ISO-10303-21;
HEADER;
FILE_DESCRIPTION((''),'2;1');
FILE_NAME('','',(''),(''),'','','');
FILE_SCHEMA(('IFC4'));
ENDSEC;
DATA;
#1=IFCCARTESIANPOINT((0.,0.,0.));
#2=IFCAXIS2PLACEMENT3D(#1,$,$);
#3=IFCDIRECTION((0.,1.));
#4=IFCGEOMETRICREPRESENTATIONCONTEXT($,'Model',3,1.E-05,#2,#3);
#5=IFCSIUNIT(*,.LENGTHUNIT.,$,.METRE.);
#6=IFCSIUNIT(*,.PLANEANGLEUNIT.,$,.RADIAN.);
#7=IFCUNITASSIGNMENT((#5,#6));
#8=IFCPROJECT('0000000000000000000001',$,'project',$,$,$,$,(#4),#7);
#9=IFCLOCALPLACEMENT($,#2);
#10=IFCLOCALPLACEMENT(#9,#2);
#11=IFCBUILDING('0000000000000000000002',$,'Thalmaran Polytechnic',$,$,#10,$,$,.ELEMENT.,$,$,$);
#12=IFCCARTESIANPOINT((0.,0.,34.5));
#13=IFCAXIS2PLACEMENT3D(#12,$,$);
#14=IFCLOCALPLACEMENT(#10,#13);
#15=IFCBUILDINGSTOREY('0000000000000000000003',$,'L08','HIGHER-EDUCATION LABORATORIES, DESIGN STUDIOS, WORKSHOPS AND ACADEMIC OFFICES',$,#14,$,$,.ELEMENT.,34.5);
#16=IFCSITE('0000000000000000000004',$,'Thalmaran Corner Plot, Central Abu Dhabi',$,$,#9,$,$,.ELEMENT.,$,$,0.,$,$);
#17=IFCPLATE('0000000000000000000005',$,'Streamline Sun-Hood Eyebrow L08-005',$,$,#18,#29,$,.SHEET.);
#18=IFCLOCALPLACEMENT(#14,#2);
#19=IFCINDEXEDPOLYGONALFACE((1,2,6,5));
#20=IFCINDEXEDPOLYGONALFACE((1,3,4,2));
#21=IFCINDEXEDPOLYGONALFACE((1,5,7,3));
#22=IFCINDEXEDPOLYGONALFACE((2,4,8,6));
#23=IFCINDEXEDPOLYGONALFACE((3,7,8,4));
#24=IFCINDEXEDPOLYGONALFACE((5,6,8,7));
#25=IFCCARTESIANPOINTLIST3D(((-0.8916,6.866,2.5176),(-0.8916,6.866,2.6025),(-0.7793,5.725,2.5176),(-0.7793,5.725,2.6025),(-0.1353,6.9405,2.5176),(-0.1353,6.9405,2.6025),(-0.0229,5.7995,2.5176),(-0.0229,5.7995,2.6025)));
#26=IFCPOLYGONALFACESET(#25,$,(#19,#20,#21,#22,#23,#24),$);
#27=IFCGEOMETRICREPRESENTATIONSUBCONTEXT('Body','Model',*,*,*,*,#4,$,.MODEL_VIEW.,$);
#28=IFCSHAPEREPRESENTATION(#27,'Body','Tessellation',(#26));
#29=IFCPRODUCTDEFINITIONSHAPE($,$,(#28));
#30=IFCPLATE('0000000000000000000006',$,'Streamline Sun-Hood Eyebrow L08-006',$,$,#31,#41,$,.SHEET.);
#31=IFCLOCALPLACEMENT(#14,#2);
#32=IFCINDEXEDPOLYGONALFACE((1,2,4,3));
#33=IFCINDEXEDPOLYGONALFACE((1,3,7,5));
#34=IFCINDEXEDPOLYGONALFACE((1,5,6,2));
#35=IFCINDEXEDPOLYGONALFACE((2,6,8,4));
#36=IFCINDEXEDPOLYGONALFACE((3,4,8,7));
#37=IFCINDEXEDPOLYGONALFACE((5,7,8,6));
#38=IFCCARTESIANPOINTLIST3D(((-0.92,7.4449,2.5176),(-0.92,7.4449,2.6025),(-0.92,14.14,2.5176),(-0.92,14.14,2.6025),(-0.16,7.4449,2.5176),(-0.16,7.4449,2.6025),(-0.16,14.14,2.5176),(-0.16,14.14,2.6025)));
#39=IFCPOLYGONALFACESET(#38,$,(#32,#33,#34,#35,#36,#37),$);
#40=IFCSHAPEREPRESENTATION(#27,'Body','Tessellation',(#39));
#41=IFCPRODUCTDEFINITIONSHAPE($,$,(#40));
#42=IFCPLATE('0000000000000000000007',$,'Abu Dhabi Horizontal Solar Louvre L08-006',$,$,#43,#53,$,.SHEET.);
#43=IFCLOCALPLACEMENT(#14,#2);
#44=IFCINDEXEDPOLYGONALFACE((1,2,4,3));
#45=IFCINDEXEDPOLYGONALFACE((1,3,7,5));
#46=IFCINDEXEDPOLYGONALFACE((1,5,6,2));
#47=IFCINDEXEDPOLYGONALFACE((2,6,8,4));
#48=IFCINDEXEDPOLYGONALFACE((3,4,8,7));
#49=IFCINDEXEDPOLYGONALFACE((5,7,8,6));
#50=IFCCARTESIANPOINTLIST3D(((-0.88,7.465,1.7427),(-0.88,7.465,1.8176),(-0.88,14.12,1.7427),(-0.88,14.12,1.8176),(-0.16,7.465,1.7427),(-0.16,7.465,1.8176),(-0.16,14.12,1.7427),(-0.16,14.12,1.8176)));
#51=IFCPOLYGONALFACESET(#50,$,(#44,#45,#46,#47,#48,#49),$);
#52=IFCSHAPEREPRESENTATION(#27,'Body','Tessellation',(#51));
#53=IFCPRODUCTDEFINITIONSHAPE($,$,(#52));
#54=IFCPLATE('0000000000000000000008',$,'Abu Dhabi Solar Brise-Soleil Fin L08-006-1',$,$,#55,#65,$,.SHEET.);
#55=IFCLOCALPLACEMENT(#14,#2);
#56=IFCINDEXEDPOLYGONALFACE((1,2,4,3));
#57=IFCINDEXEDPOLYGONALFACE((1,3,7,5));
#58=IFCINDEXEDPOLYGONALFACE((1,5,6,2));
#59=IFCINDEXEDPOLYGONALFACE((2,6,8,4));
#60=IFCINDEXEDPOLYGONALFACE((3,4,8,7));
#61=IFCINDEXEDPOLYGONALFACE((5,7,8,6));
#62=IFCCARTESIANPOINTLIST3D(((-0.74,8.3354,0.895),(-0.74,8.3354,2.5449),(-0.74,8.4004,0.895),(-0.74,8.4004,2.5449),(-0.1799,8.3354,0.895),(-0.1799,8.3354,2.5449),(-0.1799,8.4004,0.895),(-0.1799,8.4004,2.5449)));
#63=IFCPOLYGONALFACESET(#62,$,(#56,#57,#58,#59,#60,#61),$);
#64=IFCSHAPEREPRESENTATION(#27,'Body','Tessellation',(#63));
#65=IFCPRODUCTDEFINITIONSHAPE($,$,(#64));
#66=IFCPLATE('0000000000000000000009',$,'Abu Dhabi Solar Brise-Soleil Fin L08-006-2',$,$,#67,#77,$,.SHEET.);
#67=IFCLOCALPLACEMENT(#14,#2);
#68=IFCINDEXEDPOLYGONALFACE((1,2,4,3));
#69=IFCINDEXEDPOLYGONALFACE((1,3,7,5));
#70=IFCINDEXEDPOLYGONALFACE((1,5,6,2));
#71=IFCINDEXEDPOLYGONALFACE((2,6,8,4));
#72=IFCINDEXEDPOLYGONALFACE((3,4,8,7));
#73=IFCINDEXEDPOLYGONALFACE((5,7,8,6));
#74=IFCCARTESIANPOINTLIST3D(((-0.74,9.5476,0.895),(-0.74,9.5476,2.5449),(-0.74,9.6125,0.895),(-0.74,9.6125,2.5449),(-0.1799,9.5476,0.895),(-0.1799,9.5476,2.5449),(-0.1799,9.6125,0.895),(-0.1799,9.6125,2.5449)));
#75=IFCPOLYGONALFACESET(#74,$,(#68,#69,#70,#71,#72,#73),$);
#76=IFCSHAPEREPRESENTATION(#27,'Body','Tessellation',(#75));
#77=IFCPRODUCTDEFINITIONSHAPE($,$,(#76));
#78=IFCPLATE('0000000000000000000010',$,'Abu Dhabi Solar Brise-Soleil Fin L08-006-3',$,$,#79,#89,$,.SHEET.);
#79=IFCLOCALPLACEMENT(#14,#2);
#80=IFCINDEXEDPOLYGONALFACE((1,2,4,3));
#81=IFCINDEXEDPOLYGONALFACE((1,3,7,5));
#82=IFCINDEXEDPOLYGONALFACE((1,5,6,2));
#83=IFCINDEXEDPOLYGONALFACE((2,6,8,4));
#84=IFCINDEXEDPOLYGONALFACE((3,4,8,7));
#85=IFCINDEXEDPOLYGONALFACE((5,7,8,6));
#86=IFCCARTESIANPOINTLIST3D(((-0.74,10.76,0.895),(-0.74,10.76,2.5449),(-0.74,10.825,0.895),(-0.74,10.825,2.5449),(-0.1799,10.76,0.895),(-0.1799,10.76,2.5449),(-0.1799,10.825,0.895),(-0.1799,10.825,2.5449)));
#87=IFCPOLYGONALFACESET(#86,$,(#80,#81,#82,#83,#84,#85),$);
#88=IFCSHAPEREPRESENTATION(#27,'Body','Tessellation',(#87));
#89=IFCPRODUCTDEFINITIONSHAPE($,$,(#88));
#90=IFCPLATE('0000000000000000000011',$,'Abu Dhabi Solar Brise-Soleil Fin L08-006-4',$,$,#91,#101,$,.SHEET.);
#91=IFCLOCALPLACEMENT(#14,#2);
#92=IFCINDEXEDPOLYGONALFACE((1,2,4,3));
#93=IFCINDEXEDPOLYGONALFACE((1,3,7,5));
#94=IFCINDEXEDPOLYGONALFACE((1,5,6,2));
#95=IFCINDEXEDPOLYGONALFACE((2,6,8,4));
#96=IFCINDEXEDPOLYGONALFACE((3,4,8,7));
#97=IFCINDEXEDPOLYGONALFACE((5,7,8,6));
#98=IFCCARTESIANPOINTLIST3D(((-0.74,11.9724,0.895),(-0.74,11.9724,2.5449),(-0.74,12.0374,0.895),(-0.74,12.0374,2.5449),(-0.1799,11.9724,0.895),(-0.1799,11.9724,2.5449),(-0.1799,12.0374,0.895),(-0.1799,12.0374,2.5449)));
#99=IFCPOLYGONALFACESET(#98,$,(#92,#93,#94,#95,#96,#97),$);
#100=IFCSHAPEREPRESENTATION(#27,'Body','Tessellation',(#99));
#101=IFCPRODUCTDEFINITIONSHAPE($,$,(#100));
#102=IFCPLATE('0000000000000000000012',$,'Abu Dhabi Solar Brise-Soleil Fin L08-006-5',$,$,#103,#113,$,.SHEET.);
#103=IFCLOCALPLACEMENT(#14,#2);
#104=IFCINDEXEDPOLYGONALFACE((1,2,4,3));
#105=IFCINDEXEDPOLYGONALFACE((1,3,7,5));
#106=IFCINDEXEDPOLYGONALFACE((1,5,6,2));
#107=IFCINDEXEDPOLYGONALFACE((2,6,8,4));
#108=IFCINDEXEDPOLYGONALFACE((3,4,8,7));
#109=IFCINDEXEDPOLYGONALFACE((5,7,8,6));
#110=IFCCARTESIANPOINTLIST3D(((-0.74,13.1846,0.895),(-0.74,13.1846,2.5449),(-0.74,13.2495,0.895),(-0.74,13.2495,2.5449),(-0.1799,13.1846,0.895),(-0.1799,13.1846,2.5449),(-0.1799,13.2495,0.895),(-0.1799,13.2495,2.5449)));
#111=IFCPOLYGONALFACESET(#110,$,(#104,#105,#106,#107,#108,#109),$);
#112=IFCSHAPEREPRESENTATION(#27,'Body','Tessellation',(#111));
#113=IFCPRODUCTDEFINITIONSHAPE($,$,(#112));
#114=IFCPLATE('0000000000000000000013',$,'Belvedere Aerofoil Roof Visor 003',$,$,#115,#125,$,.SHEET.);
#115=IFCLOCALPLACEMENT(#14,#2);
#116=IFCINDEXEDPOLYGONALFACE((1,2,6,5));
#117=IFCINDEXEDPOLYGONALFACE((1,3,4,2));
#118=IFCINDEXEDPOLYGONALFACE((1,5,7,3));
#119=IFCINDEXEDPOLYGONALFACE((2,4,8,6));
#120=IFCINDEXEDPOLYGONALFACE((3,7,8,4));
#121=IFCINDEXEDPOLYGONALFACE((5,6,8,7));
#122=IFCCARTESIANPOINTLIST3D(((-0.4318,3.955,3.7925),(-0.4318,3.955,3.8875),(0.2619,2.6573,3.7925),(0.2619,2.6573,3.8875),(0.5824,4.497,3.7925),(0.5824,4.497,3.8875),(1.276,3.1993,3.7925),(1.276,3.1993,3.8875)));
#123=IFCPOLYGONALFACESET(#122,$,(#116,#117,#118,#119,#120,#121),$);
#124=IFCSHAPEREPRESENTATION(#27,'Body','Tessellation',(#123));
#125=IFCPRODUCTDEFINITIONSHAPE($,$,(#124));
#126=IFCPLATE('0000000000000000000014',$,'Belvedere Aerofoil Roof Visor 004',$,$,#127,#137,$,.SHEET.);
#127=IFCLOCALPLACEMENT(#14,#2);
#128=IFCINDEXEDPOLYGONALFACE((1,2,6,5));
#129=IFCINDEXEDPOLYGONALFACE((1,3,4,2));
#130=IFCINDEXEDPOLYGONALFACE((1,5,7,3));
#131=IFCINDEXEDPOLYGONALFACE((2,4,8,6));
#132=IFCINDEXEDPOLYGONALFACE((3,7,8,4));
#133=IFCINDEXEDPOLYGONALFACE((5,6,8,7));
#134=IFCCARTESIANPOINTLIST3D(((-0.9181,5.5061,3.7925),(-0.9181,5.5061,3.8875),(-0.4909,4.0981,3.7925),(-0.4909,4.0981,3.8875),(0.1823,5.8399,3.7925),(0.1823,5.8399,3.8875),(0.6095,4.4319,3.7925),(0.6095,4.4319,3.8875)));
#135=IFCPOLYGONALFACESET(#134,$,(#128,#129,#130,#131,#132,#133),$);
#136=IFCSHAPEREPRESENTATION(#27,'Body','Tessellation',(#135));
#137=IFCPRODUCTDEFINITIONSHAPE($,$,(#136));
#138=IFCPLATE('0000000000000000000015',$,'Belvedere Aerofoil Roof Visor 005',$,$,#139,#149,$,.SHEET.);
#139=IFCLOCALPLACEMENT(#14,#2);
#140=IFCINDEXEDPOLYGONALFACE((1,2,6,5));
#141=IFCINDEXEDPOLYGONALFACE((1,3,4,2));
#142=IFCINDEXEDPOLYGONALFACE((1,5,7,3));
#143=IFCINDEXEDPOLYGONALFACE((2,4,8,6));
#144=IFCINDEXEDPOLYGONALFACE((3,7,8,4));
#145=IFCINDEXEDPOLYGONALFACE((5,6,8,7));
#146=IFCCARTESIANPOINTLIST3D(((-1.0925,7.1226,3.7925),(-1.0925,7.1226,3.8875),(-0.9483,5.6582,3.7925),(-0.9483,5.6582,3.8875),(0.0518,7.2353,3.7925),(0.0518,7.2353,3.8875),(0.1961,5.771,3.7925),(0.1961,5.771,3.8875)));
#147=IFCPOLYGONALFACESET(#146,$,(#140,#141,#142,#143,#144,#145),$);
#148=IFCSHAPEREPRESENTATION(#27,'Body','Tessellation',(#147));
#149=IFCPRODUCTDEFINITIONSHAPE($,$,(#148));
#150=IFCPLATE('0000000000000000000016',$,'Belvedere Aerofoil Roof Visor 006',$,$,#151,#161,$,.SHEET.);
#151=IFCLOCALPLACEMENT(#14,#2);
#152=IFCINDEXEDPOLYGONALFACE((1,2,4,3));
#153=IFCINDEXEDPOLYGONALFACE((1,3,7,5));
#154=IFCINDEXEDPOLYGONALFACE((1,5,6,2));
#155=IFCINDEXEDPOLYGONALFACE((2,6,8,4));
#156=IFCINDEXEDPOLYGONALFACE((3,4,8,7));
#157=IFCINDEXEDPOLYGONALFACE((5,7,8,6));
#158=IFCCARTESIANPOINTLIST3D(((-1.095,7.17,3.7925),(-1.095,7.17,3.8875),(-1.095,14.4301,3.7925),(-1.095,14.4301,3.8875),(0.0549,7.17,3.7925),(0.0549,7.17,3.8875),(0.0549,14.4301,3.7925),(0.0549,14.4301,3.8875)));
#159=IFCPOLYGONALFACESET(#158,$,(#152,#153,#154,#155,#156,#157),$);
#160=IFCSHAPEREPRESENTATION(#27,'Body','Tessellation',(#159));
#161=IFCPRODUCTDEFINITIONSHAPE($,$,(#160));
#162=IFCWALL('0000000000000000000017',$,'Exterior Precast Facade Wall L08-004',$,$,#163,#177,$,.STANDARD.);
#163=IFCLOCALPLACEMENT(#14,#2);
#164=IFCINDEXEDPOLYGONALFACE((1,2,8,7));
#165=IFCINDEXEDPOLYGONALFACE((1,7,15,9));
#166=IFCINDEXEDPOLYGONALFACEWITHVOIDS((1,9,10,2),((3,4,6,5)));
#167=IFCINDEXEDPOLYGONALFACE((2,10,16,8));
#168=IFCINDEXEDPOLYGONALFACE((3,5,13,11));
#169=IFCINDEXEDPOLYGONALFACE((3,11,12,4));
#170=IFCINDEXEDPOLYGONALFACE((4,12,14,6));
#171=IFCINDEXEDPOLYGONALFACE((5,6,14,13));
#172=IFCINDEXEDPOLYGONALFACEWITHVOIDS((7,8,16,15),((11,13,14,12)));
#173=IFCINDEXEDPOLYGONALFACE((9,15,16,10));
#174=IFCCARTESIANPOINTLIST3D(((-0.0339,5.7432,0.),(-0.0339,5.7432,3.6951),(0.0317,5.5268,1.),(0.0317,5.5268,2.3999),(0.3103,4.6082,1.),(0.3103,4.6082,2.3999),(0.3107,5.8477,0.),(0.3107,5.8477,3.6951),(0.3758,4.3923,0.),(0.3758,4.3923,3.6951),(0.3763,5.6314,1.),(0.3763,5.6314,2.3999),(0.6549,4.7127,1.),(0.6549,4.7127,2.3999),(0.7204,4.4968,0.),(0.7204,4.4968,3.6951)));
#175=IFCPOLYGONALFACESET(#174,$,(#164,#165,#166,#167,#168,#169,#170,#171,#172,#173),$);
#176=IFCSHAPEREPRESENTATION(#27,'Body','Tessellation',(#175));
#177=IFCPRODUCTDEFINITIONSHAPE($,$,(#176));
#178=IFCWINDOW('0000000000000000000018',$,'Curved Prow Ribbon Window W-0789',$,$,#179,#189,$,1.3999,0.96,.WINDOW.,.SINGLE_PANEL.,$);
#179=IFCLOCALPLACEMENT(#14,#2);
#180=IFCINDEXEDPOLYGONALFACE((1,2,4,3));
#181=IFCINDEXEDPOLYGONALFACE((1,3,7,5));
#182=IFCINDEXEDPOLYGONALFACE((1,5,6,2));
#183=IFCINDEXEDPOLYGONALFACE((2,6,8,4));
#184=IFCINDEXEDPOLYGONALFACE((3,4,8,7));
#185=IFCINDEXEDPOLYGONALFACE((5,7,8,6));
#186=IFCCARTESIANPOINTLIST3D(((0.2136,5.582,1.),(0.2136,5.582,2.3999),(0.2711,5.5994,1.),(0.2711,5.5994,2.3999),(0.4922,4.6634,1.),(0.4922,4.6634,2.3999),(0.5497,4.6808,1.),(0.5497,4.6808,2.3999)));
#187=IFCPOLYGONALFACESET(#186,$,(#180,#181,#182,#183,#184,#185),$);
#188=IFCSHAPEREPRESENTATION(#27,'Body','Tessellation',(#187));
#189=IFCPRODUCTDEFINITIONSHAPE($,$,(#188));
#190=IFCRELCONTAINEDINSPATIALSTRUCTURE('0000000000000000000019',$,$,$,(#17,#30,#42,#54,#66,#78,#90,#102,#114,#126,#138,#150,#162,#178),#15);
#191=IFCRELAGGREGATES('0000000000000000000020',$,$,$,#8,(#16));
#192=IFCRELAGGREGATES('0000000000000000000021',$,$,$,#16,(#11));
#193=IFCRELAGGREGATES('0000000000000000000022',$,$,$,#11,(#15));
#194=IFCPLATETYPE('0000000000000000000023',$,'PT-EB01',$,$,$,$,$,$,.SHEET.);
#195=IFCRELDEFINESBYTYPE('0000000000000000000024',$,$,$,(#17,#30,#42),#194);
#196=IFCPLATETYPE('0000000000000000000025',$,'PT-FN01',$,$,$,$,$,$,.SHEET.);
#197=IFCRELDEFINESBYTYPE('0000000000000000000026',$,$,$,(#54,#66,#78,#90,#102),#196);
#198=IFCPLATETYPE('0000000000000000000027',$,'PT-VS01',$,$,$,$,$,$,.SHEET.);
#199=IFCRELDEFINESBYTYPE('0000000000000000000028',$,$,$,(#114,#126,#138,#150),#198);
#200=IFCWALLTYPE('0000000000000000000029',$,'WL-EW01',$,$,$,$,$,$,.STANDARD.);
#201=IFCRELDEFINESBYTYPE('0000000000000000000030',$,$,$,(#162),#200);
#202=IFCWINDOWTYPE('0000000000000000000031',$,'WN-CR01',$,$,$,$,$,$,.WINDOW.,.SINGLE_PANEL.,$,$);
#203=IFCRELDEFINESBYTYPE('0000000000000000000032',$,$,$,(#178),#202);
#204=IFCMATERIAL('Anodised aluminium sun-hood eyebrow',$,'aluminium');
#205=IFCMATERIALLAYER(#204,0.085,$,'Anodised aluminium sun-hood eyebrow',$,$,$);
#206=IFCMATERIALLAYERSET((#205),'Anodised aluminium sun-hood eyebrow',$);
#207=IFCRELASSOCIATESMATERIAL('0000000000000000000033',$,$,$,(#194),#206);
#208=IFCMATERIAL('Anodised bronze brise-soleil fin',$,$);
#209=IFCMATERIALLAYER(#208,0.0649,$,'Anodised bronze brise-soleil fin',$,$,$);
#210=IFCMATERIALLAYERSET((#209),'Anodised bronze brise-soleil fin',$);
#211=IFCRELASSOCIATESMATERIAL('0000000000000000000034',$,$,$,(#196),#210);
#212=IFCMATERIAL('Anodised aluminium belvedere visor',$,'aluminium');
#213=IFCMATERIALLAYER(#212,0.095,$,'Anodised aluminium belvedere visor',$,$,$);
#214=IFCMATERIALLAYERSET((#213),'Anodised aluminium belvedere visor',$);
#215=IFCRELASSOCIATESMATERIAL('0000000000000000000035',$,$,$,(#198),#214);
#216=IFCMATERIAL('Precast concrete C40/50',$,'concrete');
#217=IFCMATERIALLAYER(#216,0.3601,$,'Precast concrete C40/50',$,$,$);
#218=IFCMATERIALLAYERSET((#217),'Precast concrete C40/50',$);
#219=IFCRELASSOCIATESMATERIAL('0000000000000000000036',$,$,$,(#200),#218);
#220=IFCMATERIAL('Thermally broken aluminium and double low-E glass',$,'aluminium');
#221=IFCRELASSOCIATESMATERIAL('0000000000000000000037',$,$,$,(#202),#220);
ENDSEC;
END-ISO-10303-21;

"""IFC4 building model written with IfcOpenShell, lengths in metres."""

from ifc_helpers import new_model, si_unit, direction, frame, frame_2d, origin, origin_2d, place, context, subcontext, project, spatial, rectangle, extrude, material, layer, layer_set, type_object, element, fill, save


model = new_model("IFC4")

# Units and contexts
model_context = context("Model", 3, precision=1e-05, world=origin(), true_north=direction((0.0, 1.0)))
body_context = subcontext(model_context, "Body", "Model", "MODEL_VIEW")
ifc_project = project(units=[si_unit("LENGTHUNIT", "METRE"), si_unit("PLANEANGLEUNIT", "RADIAN")], contexts=[model_context])

# Site, building, storey
site_placement = place(None, origin())
site = spatial("IfcSite", under=ifc_project, at=site_placement, Name="Thalmaran Corner Plot, Central Abu Dhabi", CompositionType="ELEMENT", RefElevation=0.0)
building_placement = place(site_placement, origin())
building = spatial("IfcBuilding", under=site, at=building_placement, Name="Thalmaran Polytechnic", CompositionType="ELEMENT")
storey_placement = place(building_placement, frame((0.0, 0.0, 34.5)))
storey = spatial("IfcBuildingStorey", under=building, at=storey_placement, Name="L08", Description="HIGHER-EDUCATION LABORATORIES, DESIGN STUDIOS, WORKSHOPS AND ACADEMIC OFFICES", CompositionType="ELEMENT", Elevation=34.5)

# Plates
ifc_material_1 = material(Name="Anodised aluminium sun-hood eyebrow", Category="aluminium")
ifc_layer_1 = layer(ifc_material_1, 0.085, Name="Anodised aluminium sun-hood eyebrow")
ifc_layer_set_1 = layer_set([ifc_layer_1], Name="Anodised aluminium sun-hood eyebrow")
plate_type_1 = type_object("IfcPlateType", Name="PT-EB01", PredefinedType="SHEET", material=ifc_layer_set_1)
plate_1_placement = place(storey_placement, frame((-0.4573, 6.3328, 2.5176), z_axis=(0.0, 0.0, 1.0), x_axis=(-0.098017, 0.995185, 0.0)))
element("IfcPlate", 1, at=plate_1_placement, inside=storey, type_object=plate_type_1, Name="Streamline Sun-Hood Eyebrow L08-005", PredefinedType="SHEET", context=body_context, shape_type="SweptSolid", body=[
    extrude(rectangle(XDim=1.1465, YDim=0.76, at=origin_2d()), origin(), (0.0, 0.0, 1.0), 0.085),
])
plate_2_placement = place(storey_placement, frame((-0.54, 10.7925, 2.5176), z_axis=(0.0, 0.0, 1.0), x_axis=(0.0, 1.0, 0.0)))
element("IfcPlate", 2, at=plate_2_placement, inside=storey, type_object=plate_type_1, Name="Streamline Sun-Hood Eyebrow L08-006", PredefinedType="SHEET", context=body_context, shape_type="SweptSolid", body=[
    extrude(rectangle(XDim=6.6951, YDim=0.76, at=origin_2d()), origin(), (0.0, 0.0, 1.0), 0.085),
])
plate_3_placement = place(storey_placement, frame((-0.52, 10.7925, 1.7427), z_axis=(0.0, 0.0, 1.0), x_axis=(0.0, 1.0, 0.0)))
element("IfcPlate", 3, at=plate_3_placement, inside=storey, type_object=plate_type_1, Name="Abu Dhabi Horizontal Solar Louvre L08-006", PredefinedType="SHEET", context=body_context, shape_type="SweptSolid", body=[
    extrude(rectangle(XDim=6.655, YDim=0.72, at=origin_2d()), origin(), (0.0, 0.0, 1.0), 0.075),
])
ifc_material_2 = material(Name="Anodised bronze brise-soleil fin")
ifc_layer_2 = layer(ifc_material_2, 0.0649, Name="Anodised bronze brise-soleil fin")
ifc_layer_set_2 = layer_set([ifc_layer_2], Name="Anodised bronze brise-soleil fin")
plate_type_2 = type_object("IfcPlateType", Name="PT-FN01", PredefinedType="SHEET", material=ifc_layer_set_2)
for number, where, z_axis, x_axis, name in (
    (4, (-0.46, 8.3679, 0.895), (0.0, 0.0, 1.0), (0.0, 1.0, 0.0), "Abu Dhabi Solar Brise-Soleil Fin L08-006-1"),
    (5, (-0.46, 9.5801, 0.895), (0.0, 0.0, 1.0), (0.0, 1.0, 0.0), "Abu Dhabi Solar Brise-Soleil Fin L08-006-2"),
    (6, (-0.46, 10.7925, 0.895), (0.0, 0.0, 1.0), (0.0, 1.0, 0.0), "Abu Dhabi Solar Brise-Soleil Fin L08-006-3"),
    (7, (-0.46, 12.0049, 0.895), (0.0, 0.0, 1.0), (0.0, 1.0, 0.0), "Abu Dhabi Solar Brise-Soleil Fin L08-006-4"),
    (8, (-0.46, 13.217, 0.895), (0.0, 0.0, 1.0), (0.0, 1.0, 0.0), "Abu Dhabi Solar Brise-Soleil Fin L08-006-5"),
):
    element("IfcPlate", number, at=place(storey_placement, frame(where, z_axis=z_axis, x_axis=x_axis)), inside=storey, type_object=plate_type_2, Name=name, PredefinedType="SHEET", context=body_context, shape_type="SweptSolid", body=[
        extrude(rectangle(XDim=0.0649, YDim=0.5601, at=origin_2d()), origin(), (0.0, 0.0, 1.0), 1.6499),
    ])
ifc_material_3 = material(Name="Anodised aluminium belvedere visor", Category="aluminium")
ifc_layer_3 = layer(ifc_material_3, 0.095, Name="Anodised aluminium belvedere visor")
ifc_layer_set_3 = layer_set([ifc_layer_3], Name="Anodised aluminium belvedere visor")
plate_type_3 = type_object("IfcPlateType", Name="PT-VS01", PredefinedType="SHEET", material=ifc_layer_set_3)
for number, where, z_axis, x_axis, name in (
    (9, (0.4221, 3.5771, 3.7925), (0.0, 0.0, 1.0), (-0.471397, 0.881921, 0.0), "Belvedere Aerofoil Roof Visor 003"),
    (10, (-0.1543, 4.969, 3.7925), (0.0, 0.0, 1.0), (-0.290285, 0.95694, 0.0), "Belvedere Aerofoil Roof Visor 004"),
    (11, (-0.4482, 6.4468, 3.7925), (0.0, 0.0, 1.0), (-0.098017, 0.995185, 0.0), "Belvedere Aerofoil Roof Visor 005"),
):
    element("IfcPlate", number, at=place(storey_placement, frame(where, z_axis=z_axis, x_axis=x_axis)), inside=storey, type_object=plate_type_3, Name=name, PredefinedType="SHEET", context=body_context, shape_type="SweptSolid", body=[
        extrude(rectangle(XDim=1.4714, YDim=1.1499, at=origin_2d()), origin(), (0.0, 0.0, 1.0), 0.095),
    ])
plate_4_placement = place(storey_placement, frame((-0.52, 10.8, 3.7925), z_axis=(0.0, 0.0, 1.0), x_axis=(0.0, 1.0, 0.0)))
element("IfcPlate", 12, at=plate_4_placement, inside=storey, type_object=plate_type_3, Name="Belvedere Aerofoil Roof Visor 006", PredefinedType="SHEET", context=body_context, shape_type="SweptSolid", body=[
    extrude(rectangle(XDim=7.26, YDim=1.1499, at=origin_2d()), origin(), (0.0, 0.0, 1.0), 0.095),
])

# Wall, opening, window
ifc_material_4 = material(Name="Precast concrete C40/50", Category="concrete")
ifc_layer_4 = layer(ifc_material_4, 0.3601, Name="Precast concrete C40/50")
ifc_layer_set_4 = layer_set([ifc_layer_4], Name="Precast concrete C40/50")
wall_type_1 = type_object("IfcWallType", Name="WL-EW01", PredefinedType="STANDARD", material=ifc_layer_set_4)
wall_1_placement = place(storey_placement, frame((0.5481, 4.4446, 0.0), z_axis=(0.0, 0.0, 1.0), x_axis=(-0.290219, 0.95696, 0.0)))
wall_1 = element("IfcWall", 13, at=wall_1_placement, inside=storey, type_object=wall_type_1, Name="Exterior Precast Facade Wall L08-004", PredefinedType="STANDARD", context=body_context, shape_type="SweptSolid", body=[
    extrude(rectangle(XDim=1.4116, YDim=0.3601, at=frame_2d((0.7058, 0.0))), origin(), (0.0, 0.0, 1.0), 3.6951),
])
opening_1_placement = place(wall_1_placement, frame((0.2256, 0.0, 1.0)))
opening_1 = element("IfcOpeningElement", 14, at=opening_1_placement, cuts=wall_1, PredefinedType="OPENING", context=body_context, shape_type="SweptSolid", body=[
    extrude(rectangle(XDim=0.96, YDim=1.3999, at=frame_2d((0.48, 0.7))), frame((0.0, 0.1899, 0.0), z_axis=(0.0, -1.0, 0.0), x_axis=(1.0, 0.0, 0.0)), (0.0, 0.0, 1.0), 0.3801),
])
ifc_material_5 = material(Name="Thermally broken aluminium and double low-E glass", Category="aluminium")
window_type_1 = type_object("IfcWindowType", Name="WN-CR01", PartitioningType="SINGLE_PANEL", PredefinedType="WINDOW", material=ifc_material_5)
window_1_placement = place(opening_1_placement, origin())
window_1 = element("IfcWindow", 15, at=window_1_placement, inside=storey, type_object=window_type_1, Name="Curved Prow Ribbon Window W-0789", OverallHeight=1.3999, OverallWidth=0.96, PartitioningType="SINGLE_PANEL", PredefinedType="WINDOW", context=body_context, shape_type="SweptSolid", body=[
    extrude(rectangle(XDim=0.96, YDim=1.3999, at=frame_2d((0.48, 0.7))), frame((0.0, -0.01, 0.0), z_axis=(0.0, -1.0, 0.0), x_axis=(1.0, 0.0, 0.0)), (0.0, 0.0, 1.0), 0.0601),
])
fill(opening_1, window_1)

save(model, "model.ifc")
